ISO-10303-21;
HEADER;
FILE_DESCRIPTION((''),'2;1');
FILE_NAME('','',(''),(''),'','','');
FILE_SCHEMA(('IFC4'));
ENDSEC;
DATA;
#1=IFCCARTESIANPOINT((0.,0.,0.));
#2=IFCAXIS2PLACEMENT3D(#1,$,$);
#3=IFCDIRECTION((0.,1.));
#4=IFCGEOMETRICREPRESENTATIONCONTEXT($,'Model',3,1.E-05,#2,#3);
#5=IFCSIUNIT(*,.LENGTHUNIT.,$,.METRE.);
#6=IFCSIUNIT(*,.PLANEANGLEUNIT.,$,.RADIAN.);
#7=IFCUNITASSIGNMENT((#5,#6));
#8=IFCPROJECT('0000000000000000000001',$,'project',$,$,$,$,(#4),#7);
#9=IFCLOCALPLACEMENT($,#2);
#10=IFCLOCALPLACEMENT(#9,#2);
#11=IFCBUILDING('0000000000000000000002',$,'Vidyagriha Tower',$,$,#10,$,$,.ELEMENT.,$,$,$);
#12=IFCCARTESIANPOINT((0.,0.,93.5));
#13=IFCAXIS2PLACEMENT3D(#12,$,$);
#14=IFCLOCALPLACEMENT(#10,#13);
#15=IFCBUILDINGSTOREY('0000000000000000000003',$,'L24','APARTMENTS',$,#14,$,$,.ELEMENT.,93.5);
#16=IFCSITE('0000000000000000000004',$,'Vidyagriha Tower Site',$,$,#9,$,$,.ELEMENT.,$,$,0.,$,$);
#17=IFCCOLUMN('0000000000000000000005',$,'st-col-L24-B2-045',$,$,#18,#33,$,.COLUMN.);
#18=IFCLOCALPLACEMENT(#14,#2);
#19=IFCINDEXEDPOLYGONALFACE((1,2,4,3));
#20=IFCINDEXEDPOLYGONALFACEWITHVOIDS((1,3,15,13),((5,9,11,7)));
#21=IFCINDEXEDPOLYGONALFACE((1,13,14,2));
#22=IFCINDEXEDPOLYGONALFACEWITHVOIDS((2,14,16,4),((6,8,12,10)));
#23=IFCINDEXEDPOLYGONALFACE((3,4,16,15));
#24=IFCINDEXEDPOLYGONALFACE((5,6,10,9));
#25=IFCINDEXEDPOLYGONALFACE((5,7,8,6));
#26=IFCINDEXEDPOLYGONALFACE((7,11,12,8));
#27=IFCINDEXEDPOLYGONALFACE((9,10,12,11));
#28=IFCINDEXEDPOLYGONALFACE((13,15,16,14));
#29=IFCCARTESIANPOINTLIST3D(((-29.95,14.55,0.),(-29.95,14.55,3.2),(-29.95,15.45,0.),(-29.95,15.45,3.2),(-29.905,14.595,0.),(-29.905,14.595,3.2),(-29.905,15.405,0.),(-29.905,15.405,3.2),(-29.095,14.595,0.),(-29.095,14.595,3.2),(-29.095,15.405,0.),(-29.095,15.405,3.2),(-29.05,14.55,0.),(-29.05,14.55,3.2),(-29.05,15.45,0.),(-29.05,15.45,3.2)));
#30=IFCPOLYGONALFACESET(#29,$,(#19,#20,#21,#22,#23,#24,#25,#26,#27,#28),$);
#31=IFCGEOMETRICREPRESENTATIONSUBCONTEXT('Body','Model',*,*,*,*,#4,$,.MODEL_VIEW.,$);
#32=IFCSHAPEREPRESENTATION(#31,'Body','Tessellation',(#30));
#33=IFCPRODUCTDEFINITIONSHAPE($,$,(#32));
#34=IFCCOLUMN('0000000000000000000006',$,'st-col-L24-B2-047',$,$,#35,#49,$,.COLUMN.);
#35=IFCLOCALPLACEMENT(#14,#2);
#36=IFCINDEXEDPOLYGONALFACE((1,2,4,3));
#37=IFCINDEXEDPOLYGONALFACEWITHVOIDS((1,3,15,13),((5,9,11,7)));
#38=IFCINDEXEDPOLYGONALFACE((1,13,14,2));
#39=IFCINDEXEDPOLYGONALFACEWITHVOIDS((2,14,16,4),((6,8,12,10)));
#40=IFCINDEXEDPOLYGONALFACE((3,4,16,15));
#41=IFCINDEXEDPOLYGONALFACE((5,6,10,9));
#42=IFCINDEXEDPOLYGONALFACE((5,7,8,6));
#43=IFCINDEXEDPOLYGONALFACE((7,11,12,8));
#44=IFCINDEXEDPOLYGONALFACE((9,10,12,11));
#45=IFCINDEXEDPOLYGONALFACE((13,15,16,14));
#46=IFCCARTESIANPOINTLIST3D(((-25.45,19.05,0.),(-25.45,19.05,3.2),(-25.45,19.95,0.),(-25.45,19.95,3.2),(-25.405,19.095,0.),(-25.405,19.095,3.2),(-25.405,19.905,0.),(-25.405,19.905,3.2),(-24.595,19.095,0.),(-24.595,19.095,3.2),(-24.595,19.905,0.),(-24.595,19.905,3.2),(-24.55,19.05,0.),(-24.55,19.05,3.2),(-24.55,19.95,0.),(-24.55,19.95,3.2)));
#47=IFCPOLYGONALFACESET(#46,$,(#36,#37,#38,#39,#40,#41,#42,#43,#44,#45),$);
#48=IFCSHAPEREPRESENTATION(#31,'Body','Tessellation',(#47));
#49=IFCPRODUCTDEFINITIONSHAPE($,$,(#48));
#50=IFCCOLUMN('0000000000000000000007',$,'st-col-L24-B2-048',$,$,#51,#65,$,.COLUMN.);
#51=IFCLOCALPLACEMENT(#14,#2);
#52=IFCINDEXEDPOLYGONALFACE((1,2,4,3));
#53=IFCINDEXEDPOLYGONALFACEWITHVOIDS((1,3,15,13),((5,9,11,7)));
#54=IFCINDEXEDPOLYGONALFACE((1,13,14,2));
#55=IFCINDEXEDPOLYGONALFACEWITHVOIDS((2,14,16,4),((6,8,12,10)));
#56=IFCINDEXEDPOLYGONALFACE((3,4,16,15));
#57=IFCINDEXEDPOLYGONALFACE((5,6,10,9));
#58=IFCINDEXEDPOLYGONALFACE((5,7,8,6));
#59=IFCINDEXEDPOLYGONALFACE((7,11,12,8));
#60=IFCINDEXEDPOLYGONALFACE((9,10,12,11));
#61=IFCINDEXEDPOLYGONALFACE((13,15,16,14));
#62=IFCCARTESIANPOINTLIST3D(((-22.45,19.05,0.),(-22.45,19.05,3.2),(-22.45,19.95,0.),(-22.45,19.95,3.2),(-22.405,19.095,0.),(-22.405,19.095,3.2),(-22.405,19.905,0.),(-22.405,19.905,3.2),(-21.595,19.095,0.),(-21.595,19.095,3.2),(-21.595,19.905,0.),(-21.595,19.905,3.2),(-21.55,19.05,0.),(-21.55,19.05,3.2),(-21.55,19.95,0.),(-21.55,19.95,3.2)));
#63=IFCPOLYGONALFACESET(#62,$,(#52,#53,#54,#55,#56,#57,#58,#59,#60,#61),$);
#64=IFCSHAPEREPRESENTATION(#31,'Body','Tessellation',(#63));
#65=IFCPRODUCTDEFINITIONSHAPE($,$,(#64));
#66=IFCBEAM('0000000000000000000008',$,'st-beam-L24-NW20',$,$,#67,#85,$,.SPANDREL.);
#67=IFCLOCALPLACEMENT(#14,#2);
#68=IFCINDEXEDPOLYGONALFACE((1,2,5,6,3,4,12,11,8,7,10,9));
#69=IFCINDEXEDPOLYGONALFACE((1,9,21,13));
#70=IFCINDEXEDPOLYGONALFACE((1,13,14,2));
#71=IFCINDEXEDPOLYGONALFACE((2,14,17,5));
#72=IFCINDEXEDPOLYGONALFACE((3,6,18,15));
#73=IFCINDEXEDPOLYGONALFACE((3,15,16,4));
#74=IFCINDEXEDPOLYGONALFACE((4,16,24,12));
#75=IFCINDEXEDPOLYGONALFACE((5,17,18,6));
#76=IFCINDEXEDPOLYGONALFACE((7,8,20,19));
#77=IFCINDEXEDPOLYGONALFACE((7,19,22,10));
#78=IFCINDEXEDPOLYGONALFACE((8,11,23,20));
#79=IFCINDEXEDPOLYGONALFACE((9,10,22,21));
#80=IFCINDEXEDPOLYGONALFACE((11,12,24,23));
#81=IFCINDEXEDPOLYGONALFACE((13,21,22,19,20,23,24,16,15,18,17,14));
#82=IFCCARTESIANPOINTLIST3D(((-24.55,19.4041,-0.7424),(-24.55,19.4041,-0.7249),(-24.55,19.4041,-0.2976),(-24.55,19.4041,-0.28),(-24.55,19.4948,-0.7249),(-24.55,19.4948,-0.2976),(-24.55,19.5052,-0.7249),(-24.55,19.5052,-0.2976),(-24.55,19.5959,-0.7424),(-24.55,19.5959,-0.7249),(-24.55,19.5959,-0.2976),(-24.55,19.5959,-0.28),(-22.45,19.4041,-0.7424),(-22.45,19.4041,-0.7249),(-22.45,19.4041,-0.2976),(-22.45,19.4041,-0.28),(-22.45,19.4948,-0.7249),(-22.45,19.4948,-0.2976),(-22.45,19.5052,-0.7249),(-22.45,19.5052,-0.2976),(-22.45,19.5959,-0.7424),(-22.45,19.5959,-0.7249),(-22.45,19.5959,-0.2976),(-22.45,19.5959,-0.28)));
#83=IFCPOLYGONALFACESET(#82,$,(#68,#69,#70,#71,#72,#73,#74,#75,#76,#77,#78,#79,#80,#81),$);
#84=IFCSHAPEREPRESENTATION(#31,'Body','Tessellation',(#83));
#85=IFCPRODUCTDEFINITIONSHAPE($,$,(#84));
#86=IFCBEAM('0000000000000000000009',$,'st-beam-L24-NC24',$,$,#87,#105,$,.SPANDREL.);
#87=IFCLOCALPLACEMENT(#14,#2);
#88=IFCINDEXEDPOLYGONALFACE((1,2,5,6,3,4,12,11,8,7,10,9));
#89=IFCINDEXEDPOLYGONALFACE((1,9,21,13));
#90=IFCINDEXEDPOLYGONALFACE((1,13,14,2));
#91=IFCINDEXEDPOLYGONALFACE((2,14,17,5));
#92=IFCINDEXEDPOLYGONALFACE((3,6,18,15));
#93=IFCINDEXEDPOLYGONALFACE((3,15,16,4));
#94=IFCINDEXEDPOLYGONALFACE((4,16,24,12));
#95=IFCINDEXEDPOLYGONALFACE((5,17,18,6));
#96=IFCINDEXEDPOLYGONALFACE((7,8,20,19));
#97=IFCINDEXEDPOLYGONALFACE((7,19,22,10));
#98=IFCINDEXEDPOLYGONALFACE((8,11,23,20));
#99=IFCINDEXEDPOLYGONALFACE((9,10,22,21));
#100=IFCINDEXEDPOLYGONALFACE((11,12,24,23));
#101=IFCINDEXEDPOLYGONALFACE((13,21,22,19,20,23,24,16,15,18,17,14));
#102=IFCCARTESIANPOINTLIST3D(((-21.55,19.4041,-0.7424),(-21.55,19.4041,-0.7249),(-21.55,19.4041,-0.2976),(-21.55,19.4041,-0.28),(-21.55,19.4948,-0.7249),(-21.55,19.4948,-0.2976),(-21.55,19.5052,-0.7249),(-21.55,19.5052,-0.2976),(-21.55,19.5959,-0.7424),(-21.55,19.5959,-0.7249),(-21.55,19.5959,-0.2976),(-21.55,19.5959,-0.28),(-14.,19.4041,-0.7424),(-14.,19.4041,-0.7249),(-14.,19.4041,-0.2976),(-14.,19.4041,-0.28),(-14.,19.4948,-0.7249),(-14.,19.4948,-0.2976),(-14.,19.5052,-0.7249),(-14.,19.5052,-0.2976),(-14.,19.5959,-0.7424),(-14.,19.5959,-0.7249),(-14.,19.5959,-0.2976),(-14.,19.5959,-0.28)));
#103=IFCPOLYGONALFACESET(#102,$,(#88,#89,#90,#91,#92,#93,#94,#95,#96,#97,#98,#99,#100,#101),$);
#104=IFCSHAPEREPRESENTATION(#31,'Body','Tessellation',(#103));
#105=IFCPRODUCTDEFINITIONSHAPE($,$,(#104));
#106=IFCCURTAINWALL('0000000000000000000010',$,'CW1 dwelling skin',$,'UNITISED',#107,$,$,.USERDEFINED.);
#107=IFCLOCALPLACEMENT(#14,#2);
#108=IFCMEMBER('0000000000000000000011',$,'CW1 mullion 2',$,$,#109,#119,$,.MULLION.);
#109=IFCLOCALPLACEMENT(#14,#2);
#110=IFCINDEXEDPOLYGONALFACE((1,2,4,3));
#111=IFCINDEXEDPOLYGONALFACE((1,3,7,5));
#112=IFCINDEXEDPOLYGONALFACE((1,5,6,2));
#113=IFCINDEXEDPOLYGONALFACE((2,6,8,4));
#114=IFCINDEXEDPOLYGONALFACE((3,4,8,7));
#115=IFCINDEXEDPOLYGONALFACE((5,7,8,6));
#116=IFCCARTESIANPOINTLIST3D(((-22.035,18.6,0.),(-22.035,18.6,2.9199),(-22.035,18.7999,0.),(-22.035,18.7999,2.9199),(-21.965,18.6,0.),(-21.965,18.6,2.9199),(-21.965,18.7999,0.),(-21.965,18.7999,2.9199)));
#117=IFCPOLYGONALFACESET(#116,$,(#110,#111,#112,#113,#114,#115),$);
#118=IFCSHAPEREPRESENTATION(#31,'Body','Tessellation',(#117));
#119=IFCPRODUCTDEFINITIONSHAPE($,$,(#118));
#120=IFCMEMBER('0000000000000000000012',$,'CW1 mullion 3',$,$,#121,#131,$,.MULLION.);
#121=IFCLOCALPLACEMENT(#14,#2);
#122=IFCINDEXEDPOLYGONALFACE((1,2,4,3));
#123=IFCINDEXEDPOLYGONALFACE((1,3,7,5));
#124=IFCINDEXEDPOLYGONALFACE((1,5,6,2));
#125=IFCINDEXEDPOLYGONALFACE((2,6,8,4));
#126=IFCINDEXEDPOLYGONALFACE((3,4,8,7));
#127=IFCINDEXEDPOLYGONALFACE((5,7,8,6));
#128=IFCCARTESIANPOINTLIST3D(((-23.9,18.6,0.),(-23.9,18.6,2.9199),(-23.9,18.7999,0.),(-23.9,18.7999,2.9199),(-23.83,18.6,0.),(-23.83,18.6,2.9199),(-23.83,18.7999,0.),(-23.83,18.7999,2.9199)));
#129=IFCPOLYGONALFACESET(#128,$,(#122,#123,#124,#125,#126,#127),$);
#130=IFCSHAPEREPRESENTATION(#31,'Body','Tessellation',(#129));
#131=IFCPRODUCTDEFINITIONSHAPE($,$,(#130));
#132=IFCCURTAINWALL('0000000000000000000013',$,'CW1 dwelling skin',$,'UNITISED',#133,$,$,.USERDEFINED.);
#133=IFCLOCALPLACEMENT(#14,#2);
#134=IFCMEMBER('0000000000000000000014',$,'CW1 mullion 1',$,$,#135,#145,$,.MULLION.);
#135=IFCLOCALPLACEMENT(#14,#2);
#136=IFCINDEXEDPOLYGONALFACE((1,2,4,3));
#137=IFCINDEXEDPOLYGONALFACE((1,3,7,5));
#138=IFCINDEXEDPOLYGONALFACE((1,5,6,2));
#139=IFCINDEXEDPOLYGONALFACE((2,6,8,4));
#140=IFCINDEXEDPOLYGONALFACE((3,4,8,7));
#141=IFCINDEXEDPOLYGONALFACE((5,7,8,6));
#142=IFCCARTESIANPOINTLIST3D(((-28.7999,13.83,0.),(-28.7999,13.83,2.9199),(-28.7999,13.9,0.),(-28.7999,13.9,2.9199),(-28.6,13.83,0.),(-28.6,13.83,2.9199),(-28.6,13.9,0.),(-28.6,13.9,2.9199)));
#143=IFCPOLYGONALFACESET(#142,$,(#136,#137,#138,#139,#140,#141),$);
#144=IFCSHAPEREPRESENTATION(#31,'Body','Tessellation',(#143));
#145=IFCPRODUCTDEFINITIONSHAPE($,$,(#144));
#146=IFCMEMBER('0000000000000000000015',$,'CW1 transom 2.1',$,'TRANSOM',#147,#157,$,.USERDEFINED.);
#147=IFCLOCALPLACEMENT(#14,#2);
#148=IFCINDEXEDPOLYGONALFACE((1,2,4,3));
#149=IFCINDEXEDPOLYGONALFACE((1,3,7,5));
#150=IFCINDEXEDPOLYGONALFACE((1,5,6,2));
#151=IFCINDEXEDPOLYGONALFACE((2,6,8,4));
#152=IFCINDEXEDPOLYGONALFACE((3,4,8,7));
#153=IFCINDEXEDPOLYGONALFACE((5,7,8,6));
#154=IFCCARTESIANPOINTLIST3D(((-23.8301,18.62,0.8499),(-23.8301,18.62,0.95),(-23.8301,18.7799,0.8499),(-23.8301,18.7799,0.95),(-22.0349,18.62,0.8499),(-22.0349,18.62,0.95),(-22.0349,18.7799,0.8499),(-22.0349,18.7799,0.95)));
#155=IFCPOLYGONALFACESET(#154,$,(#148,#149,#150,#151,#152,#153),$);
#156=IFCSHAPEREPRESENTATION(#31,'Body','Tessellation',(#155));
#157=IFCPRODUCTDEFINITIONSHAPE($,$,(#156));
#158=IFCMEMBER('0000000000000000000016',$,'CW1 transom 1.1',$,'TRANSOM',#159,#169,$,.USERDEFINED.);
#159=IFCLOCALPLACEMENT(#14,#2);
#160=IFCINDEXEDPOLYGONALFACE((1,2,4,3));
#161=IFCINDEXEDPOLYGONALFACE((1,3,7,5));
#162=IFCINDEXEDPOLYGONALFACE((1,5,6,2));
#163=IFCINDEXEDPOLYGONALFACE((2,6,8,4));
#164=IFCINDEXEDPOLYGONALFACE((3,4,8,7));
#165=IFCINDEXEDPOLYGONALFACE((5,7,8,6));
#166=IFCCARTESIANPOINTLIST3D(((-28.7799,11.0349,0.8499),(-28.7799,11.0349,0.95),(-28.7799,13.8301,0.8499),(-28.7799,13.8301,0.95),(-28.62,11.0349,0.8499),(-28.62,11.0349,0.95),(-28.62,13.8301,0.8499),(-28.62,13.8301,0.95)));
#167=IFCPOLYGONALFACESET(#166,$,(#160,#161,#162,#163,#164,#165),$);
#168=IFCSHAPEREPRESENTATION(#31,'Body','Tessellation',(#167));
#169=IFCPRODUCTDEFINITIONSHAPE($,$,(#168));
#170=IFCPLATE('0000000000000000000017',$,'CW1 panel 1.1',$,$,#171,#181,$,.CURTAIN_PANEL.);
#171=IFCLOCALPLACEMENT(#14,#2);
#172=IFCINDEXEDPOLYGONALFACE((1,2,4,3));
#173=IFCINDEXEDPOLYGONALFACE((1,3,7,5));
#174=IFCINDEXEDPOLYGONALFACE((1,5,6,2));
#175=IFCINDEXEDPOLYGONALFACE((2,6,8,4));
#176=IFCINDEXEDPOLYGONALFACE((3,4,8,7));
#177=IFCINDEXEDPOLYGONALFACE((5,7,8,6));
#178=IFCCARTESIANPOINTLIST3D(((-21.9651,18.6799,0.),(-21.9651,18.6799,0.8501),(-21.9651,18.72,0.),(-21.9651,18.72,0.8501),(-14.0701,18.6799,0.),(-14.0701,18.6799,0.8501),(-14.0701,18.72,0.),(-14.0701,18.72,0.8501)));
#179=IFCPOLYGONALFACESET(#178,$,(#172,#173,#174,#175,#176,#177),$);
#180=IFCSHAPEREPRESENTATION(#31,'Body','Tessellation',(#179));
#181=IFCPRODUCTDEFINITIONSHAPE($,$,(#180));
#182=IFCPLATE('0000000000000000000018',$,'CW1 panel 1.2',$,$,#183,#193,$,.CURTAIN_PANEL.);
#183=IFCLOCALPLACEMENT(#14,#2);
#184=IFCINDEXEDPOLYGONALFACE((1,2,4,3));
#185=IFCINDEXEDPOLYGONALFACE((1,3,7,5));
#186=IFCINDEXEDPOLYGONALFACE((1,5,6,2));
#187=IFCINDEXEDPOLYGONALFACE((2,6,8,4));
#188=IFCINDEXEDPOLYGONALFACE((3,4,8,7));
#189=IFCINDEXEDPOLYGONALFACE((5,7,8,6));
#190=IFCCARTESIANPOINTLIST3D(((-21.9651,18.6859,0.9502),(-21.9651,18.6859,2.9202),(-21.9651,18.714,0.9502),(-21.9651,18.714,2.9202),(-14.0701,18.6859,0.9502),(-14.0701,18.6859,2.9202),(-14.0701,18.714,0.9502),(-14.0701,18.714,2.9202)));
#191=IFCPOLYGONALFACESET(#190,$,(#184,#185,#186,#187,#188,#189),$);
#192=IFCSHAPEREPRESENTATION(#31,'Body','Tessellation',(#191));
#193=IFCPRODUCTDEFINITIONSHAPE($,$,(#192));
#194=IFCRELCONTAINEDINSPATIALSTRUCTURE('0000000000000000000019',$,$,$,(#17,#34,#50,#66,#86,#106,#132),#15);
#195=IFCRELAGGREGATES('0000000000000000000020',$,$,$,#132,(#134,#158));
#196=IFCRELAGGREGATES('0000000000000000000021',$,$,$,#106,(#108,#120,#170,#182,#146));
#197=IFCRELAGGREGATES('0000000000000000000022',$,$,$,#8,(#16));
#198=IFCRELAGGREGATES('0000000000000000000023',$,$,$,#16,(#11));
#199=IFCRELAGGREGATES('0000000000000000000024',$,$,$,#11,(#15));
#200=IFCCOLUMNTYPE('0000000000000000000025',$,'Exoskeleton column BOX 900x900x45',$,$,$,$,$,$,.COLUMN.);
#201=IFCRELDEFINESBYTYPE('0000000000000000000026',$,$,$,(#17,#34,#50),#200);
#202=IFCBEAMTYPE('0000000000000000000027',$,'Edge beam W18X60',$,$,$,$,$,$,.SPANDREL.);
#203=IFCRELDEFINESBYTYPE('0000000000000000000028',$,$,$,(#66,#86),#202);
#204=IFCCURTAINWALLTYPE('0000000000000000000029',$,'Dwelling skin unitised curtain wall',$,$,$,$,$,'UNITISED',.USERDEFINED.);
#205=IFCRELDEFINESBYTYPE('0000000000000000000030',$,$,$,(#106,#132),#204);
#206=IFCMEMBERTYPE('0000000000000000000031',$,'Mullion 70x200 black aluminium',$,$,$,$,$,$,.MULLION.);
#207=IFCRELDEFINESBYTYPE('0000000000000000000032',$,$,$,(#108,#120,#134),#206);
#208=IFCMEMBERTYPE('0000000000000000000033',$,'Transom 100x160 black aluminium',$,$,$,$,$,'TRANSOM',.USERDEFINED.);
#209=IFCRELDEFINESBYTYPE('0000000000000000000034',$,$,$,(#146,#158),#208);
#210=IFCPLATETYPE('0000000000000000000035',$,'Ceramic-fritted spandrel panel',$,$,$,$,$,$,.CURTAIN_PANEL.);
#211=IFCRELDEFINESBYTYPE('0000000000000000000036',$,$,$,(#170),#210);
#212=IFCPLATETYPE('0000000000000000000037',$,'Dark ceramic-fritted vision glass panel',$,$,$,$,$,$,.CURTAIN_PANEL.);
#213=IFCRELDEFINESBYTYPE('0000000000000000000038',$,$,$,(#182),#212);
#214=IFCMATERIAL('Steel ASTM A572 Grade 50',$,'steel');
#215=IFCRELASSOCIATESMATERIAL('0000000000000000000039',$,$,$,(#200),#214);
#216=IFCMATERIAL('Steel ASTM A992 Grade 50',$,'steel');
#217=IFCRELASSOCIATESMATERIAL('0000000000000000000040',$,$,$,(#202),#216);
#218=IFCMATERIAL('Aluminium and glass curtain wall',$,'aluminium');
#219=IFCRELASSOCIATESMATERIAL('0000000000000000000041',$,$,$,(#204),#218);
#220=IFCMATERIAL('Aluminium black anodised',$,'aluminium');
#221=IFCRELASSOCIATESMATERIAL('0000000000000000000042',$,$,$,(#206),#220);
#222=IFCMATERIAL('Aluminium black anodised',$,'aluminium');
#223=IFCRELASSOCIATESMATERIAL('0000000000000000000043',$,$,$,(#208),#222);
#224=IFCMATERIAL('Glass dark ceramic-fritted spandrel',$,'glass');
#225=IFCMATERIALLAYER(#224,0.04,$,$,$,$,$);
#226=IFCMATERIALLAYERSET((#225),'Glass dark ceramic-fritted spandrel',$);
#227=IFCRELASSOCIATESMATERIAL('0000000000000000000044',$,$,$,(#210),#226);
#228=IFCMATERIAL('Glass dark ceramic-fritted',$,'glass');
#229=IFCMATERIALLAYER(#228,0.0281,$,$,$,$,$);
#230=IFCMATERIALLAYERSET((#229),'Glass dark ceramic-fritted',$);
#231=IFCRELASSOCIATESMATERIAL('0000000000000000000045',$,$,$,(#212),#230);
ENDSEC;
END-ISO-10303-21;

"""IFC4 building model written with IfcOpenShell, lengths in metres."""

from ifc_helpers import new_model, si_unit, direction, frame, origin, origin_2d, place, context, subcontext, project, spatial, rectangle, hollow_rectangle, i_section, extrude, material, layer, layer_set, material_profile, profile_set, type_object, element, aggregate, save


model = new_model("IFC4")

# Units and contexts
model_context = context("Model", 3, precision=1e-05, world=origin(), true_north=direction((0.0, 1.0)))
body_context = subcontext(model_context, "Body", "Model", "MODEL_VIEW")
ifc_project = project(units=[si_unit("LENGTHUNIT", "METRE"), si_unit("PLANEANGLEUNIT", "RADIAN")], contexts=[model_context])

# Site, building, storey
site_placement = place(None, origin())
site = spatial("IfcSite", under=ifc_project, at=site_placement, Name="Vidyagriha Tower Site", CompositionType="ELEMENT", RefElevation=0.0)
building_placement = place(site_placement, origin())
building = spatial("IfcBuilding", under=site, at=building_placement, Name="Vidyagriha Tower", CompositionType="ELEMENT")
storey_placement = place(building_placement, frame((0.0, 0.0, 93.5)))
storey = spatial("IfcBuildingStorey", under=building, at=storey_placement, Name="L24", Description="APARTMENTS", CompositionType="ELEMENT", Elevation=93.5)

# Columns
ifc_material_1 = material(Name="Steel ASTM A572 Grade 50", Category="steel")
ifc_material_profile_1 = material_profile(ifc_material_1, hollow_rectangle(XDim=0.8999, YDim=0.8999, WallThickness=0.0449, at=origin_2d()), Name="BOX 900x900x45")
ifc_profile_set_1 = profile_set([ifc_material_profile_1], Name="Steel ASTM A572 Grade 50")
column_type = type_object("IfcColumnType", Name="Exoskeleton column BOX 900x900x45", PredefinedType="COLUMN", material=ifc_profile_set_1)
for number, where, name in (
    (1, (-29.5, 15.0, 0.0), "st-col-L24-B2-045"),
    (2, (-25.0, 19.5, 0.0), "st-col-L24-B2-047"),
    (3, (-22.0, 19.5, 0.0), "st-col-L24-B2-048"),
):
    element("IfcColumn", number, at=place(storey_placement, frame(where)), inside=storey, type_object=column_type, Name=name, PredefinedType="COLUMN", context=body_context, shape_type="SweptSolid", body=[
        extrude(hollow_rectangle(XDim=0.8999, YDim=0.8999, WallThickness=0.0449, at=origin_2d()), origin(), (0.0, 0.0, 1.0), 3.2),
    ])

# Beams
ifc_material_2 = material(Name="Steel ASTM A992 Grade 50", Category="steel")
ifc_material_profile_2 = material_profile(ifc_material_2, i_section(OverallWidth=0.1919, OverallDepth=0.4624, WebThickness=0.0105, FlangeThickness=0.0176, at=origin_2d()), Name="W18X60")
ifc_profile_set_2 = profile_set([ifc_material_profile_2], Name="Steel ASTM A992 Grade 50")
beam_type = type_object("IfcBeamType", Name="Edge beam W18X60", PredefinedType="SPANDREL", material=ifc_profile_set_2)
beam_1_placement = place(storey_placement, frame((-24.55, 19.5, -0.5112), z_axis=(1.0, 0.0, 0.0), x_axis=(0.0, 1.0, 0.0)))
element("IfcBeam", 4, at=beam_1_placement, inside=storey, type_object=beam_type, Name="st-beam-L24-NW20", PredefinedType="SPANDREL", context=body_context, shape_type="SweptSolid", body=[
    extrude(i_section(OverallWidth=0.1919, OverallDepth=0.4624, WebThickness=0.0105, FlangeThickness=0.0176, at=origin_2d()), origin(), (0.0, 0.0, 1.0), 2.1001),
])
beam_2_placement = place(storey_placement, frame((-21.55, 19.5, -0.5112), z_axis=(1.0, 0.0, 0.0), x_axis=(0.0, 1.0, 0.0)))
element("IfcBeam", 5, at=beam_2_placement, inside=storey, type_object=beam_type, Name="st-beam-L24-NC24", PredefinedType="SPANDREL", context=body_context, shape_type="SweptSolid", body=[
    extrude(i_section(OverallWidth=0.1919, OverallDepth=0.4624, WebThickness=0.0105, FlangeThickness=0.0176, at=origin_2d()), origin(), (0.0, 0.0, 1.0), 7.55),
])

# Curtain wall, members
ifc_material_3 = material(Name="Aluminium and glass curtain wall", Category="aluminium")
curtain_wall_type = type_object("IfcCurtainWallType", Name="Dwelling skin unitised curtain wall", ElementType="UNITISED", PredefinedType="USERDEFINED", material=ifc_material_3)
curtain_wall_1_placement = place(storey_placement, origin())
curtain_wall_1 = element("IfcCurtainWall", 6, at=curtain_wall_1_placement, inside=storey, type_object=curtain_wall_type, Name="CW1 dwelling skin", ObjectType="UNITISED", PredefinedType="USERDEFINED")
ifc_material_4 = material(Name="Aluminium black anodised", Category="aluminium")
ifc_material_profile_3 = material_profile(ifc_material_4, rectangle(XDim=0.2, YDim=0.0701, at=origin_2d()), Name="Mullion 70x200 black aluminium")
ifc_profile_set_3 = profile_set([ifc_material_profile_3], Name="Aluminium black anodised")
member_type_1 = type_object("IfcMemberType", Name="Mullion 70x200 black aluminium", PredefinedType="MULLION", material=ifc_profile_set_3)
member_1_placement = place(storey_placement, frame((-22.0, 18.7, 0.0), z_axis=(0.0, 0.0, 1.0), x_axis=(0.0, -1.0, 0.0)))
member_1 = element("IfcMember", 7, at=member_1_placement, type_object=member_type_1, Name="CW1 mullion 2", PredefinedType="MULLION", context=body_context, shape_type="SweptSolid", body=[
    extrude(rectangle(XDim=0.2, YDim=0.0701, at=origin_2d()), origin(), (0.0, 0.0, 1.0), 2.9199),
])
member_2_placement = place(storey_placement, frame((-23.865, 18.7, 0.0), z_axis=(0.0, 0.0, 1.0), x_axis=(0.0, -1.0, 0.0)))
member_2 = element("IfcMember", 8, at=member_2_placement, type_object=member_type_1, Name="CW1 mullion 3", PredefinedType="MULLION", context=body_context, shape_type="SweptSolid", body=[
    extrude(rectangle(XDim=0.2, YDim=0.0701, at=origin_2d()), origin(), (0.0, 0.0, 1.0), 2.9199),
])

# Curtain wall, member
curtain_wall_2_placement = place(storey_placement, origin())
curtain_wall_2 = element("IfcCurtainWall", 9, at=curtain_wall_2_placement, inside=storey, type_object=curtain_wall_type, Name="CW1 dwelling skin", ObjectType="UNITISED", PredefinedType="USERDEFINED")
member_3_placement = place(storey_placement, frame((-28.7, 13.865, 0.0)))
member_3 = element("IfcMember", 10, at=member_3_placement, type_object=member_type_1, Name="CW1 mullion 1", PredefinedType="MULLION", context=body_context, shape_type="SweptSolid", body=[
    extrude(rectangle(XDim=0.2, YDim=0.0701, at=origin_2d()), origin(), (0.0, 0.0, 1.0), 2.9199),
])

# Members
ifc_material_5 = material(Name="Aluminium black anodised", Category="aluminium")
ifc_material_profile_4 = material_profile(ifc_material_5, rectangle(XDim=0.1599, YDim=0.1001, at=origin_2d()), Name="Transom 100x160 black aluminium")
ifc_profile_set_4 = profile_set([ifc_material_profile_4], Name="Aluminium black anodised")
member_type_2 = type_object("IfcMemberType", Name="Transom 100x160 black aluminium", ElementType="TRANSOM", PredefinedType="USERDEFINED", material=ifc_profile_set_4)
member_4_placement = place(storey_placement, frame((-22.0349, 18.7, 0.8999), z_axis=(-1.0, 0.0, 0.0), x_axis=(0.0, -1.0, 0.0)))
member_4 = element("IfcMember", 11, at=member_4_placement, type_object=member_type_2, Name="CW1 transom 2.1", ObjectType="TRANSOM", PredefinedType="USERDEFINED", context=body_context, shape_type="SweptSolid", body=[
    extrude(rectangle(XDim=0.1599, YDim=0.1001, at=origin_2d()), origin(), (0.0, 0.0, 1.0), 1.7952),
])
member_5_placement = place(storey_placement, frame((-28.7, 13.8301, 0.8999), z_axis=(0.0, -1.0, 0.0), x_axis=(1.0, 0.0, 0.0)))
member_5 = element("IfcMember", 12, at=member_5_placement, type_object=member_type_2, Name="CW1 transom 1.1", ObjectType="TRANSOM", PredefinedType="USERDEFINED", context=body_context, shape_type="SweptSolid", body=[
    extrude(rectangle(XDim=0.1599, YDim=0.1001, at=origin_2d()), origin(), (0.0, 0.0, 1.0), 2.7952),
])

# Plates
ifc_material_6 = material(Name="Glass dark ceramic-fritted spandrel", Category="glass")
ifc_layer_1 = layer(ifc_material_6, 0.04)
ifc_layer_set_1 = layer_set([ifc_layer_1], Name="Glass dark ceramic-fritted spandrel")
plate_type_1 = type_object("IfcPlateType", Name="Ceramic-fritted spandrel panel", PredefinedType="CURTAIN_PANEL", material=ifc_layer_set_1)
plate_1_placement = place(storey_placement, frame((-18.0176, 18.7, 0.0), z_axis=(0.0, 0.0, 1.0), x_axis=(-1.0, 0.0, 0.0)))
plate_1 = element("IfcPlate", 13, at=plate_1_placement, type_object=plate_type_1, Name="CW1 panel 1.1", PredefinedType="CURTAIN_PANEL", context=body_context, shape_type="SweptSolid", body=[
    extrude(rectangle(XDim=7.895, YDim=0.04, at=origin_2d()), origin(), (0.0, 0.0, 1.0), 0.8501),
])
ifc_material_7 = material(Name="Glass dark ceramic-fritted", Category="glass")
ifc_layer_2 = layer(ifc_material_7, 0.0281)
ifc_layer_set_2 = layer_set([ifc_layer_2], Name="Glass dark ceramic-fritted")
plate_type_2 = type_object("IfcPlateType", Name="Dark ceramic-fritted vision glass panel", PredefinedType="CURTAIN_PANEL", material=ifc_layer_set_2)
plate_2_placement = place(storey_placement, frame((-18.0176, 18.7, 0.9502), z_axis=(0.0, 0.0, 1.0), x_axis=(-1.0, 0.0, 0.0)))
plate_2 = element("IfcPlate", 14, at=plate_2_placement, type_object=plate_type_2, Name="CW1 panel 1.2", PredefinedType="CURTAIN_PANEL", context=body_context, shape_type="SweptSolid", body=[
    extrude(rectangle(XDim=7.895, YDim=0.0281, at=origin_2d()), origin(), (0.0, 0.0, 1.0), 1.97),
])
aggregate(curtain_wall_2, [member_3, member_5])
aggregate(curtain_wall_1, [member_1, member_2, plate_1, plate_2, member_4])

save(model, "model.ifc")
